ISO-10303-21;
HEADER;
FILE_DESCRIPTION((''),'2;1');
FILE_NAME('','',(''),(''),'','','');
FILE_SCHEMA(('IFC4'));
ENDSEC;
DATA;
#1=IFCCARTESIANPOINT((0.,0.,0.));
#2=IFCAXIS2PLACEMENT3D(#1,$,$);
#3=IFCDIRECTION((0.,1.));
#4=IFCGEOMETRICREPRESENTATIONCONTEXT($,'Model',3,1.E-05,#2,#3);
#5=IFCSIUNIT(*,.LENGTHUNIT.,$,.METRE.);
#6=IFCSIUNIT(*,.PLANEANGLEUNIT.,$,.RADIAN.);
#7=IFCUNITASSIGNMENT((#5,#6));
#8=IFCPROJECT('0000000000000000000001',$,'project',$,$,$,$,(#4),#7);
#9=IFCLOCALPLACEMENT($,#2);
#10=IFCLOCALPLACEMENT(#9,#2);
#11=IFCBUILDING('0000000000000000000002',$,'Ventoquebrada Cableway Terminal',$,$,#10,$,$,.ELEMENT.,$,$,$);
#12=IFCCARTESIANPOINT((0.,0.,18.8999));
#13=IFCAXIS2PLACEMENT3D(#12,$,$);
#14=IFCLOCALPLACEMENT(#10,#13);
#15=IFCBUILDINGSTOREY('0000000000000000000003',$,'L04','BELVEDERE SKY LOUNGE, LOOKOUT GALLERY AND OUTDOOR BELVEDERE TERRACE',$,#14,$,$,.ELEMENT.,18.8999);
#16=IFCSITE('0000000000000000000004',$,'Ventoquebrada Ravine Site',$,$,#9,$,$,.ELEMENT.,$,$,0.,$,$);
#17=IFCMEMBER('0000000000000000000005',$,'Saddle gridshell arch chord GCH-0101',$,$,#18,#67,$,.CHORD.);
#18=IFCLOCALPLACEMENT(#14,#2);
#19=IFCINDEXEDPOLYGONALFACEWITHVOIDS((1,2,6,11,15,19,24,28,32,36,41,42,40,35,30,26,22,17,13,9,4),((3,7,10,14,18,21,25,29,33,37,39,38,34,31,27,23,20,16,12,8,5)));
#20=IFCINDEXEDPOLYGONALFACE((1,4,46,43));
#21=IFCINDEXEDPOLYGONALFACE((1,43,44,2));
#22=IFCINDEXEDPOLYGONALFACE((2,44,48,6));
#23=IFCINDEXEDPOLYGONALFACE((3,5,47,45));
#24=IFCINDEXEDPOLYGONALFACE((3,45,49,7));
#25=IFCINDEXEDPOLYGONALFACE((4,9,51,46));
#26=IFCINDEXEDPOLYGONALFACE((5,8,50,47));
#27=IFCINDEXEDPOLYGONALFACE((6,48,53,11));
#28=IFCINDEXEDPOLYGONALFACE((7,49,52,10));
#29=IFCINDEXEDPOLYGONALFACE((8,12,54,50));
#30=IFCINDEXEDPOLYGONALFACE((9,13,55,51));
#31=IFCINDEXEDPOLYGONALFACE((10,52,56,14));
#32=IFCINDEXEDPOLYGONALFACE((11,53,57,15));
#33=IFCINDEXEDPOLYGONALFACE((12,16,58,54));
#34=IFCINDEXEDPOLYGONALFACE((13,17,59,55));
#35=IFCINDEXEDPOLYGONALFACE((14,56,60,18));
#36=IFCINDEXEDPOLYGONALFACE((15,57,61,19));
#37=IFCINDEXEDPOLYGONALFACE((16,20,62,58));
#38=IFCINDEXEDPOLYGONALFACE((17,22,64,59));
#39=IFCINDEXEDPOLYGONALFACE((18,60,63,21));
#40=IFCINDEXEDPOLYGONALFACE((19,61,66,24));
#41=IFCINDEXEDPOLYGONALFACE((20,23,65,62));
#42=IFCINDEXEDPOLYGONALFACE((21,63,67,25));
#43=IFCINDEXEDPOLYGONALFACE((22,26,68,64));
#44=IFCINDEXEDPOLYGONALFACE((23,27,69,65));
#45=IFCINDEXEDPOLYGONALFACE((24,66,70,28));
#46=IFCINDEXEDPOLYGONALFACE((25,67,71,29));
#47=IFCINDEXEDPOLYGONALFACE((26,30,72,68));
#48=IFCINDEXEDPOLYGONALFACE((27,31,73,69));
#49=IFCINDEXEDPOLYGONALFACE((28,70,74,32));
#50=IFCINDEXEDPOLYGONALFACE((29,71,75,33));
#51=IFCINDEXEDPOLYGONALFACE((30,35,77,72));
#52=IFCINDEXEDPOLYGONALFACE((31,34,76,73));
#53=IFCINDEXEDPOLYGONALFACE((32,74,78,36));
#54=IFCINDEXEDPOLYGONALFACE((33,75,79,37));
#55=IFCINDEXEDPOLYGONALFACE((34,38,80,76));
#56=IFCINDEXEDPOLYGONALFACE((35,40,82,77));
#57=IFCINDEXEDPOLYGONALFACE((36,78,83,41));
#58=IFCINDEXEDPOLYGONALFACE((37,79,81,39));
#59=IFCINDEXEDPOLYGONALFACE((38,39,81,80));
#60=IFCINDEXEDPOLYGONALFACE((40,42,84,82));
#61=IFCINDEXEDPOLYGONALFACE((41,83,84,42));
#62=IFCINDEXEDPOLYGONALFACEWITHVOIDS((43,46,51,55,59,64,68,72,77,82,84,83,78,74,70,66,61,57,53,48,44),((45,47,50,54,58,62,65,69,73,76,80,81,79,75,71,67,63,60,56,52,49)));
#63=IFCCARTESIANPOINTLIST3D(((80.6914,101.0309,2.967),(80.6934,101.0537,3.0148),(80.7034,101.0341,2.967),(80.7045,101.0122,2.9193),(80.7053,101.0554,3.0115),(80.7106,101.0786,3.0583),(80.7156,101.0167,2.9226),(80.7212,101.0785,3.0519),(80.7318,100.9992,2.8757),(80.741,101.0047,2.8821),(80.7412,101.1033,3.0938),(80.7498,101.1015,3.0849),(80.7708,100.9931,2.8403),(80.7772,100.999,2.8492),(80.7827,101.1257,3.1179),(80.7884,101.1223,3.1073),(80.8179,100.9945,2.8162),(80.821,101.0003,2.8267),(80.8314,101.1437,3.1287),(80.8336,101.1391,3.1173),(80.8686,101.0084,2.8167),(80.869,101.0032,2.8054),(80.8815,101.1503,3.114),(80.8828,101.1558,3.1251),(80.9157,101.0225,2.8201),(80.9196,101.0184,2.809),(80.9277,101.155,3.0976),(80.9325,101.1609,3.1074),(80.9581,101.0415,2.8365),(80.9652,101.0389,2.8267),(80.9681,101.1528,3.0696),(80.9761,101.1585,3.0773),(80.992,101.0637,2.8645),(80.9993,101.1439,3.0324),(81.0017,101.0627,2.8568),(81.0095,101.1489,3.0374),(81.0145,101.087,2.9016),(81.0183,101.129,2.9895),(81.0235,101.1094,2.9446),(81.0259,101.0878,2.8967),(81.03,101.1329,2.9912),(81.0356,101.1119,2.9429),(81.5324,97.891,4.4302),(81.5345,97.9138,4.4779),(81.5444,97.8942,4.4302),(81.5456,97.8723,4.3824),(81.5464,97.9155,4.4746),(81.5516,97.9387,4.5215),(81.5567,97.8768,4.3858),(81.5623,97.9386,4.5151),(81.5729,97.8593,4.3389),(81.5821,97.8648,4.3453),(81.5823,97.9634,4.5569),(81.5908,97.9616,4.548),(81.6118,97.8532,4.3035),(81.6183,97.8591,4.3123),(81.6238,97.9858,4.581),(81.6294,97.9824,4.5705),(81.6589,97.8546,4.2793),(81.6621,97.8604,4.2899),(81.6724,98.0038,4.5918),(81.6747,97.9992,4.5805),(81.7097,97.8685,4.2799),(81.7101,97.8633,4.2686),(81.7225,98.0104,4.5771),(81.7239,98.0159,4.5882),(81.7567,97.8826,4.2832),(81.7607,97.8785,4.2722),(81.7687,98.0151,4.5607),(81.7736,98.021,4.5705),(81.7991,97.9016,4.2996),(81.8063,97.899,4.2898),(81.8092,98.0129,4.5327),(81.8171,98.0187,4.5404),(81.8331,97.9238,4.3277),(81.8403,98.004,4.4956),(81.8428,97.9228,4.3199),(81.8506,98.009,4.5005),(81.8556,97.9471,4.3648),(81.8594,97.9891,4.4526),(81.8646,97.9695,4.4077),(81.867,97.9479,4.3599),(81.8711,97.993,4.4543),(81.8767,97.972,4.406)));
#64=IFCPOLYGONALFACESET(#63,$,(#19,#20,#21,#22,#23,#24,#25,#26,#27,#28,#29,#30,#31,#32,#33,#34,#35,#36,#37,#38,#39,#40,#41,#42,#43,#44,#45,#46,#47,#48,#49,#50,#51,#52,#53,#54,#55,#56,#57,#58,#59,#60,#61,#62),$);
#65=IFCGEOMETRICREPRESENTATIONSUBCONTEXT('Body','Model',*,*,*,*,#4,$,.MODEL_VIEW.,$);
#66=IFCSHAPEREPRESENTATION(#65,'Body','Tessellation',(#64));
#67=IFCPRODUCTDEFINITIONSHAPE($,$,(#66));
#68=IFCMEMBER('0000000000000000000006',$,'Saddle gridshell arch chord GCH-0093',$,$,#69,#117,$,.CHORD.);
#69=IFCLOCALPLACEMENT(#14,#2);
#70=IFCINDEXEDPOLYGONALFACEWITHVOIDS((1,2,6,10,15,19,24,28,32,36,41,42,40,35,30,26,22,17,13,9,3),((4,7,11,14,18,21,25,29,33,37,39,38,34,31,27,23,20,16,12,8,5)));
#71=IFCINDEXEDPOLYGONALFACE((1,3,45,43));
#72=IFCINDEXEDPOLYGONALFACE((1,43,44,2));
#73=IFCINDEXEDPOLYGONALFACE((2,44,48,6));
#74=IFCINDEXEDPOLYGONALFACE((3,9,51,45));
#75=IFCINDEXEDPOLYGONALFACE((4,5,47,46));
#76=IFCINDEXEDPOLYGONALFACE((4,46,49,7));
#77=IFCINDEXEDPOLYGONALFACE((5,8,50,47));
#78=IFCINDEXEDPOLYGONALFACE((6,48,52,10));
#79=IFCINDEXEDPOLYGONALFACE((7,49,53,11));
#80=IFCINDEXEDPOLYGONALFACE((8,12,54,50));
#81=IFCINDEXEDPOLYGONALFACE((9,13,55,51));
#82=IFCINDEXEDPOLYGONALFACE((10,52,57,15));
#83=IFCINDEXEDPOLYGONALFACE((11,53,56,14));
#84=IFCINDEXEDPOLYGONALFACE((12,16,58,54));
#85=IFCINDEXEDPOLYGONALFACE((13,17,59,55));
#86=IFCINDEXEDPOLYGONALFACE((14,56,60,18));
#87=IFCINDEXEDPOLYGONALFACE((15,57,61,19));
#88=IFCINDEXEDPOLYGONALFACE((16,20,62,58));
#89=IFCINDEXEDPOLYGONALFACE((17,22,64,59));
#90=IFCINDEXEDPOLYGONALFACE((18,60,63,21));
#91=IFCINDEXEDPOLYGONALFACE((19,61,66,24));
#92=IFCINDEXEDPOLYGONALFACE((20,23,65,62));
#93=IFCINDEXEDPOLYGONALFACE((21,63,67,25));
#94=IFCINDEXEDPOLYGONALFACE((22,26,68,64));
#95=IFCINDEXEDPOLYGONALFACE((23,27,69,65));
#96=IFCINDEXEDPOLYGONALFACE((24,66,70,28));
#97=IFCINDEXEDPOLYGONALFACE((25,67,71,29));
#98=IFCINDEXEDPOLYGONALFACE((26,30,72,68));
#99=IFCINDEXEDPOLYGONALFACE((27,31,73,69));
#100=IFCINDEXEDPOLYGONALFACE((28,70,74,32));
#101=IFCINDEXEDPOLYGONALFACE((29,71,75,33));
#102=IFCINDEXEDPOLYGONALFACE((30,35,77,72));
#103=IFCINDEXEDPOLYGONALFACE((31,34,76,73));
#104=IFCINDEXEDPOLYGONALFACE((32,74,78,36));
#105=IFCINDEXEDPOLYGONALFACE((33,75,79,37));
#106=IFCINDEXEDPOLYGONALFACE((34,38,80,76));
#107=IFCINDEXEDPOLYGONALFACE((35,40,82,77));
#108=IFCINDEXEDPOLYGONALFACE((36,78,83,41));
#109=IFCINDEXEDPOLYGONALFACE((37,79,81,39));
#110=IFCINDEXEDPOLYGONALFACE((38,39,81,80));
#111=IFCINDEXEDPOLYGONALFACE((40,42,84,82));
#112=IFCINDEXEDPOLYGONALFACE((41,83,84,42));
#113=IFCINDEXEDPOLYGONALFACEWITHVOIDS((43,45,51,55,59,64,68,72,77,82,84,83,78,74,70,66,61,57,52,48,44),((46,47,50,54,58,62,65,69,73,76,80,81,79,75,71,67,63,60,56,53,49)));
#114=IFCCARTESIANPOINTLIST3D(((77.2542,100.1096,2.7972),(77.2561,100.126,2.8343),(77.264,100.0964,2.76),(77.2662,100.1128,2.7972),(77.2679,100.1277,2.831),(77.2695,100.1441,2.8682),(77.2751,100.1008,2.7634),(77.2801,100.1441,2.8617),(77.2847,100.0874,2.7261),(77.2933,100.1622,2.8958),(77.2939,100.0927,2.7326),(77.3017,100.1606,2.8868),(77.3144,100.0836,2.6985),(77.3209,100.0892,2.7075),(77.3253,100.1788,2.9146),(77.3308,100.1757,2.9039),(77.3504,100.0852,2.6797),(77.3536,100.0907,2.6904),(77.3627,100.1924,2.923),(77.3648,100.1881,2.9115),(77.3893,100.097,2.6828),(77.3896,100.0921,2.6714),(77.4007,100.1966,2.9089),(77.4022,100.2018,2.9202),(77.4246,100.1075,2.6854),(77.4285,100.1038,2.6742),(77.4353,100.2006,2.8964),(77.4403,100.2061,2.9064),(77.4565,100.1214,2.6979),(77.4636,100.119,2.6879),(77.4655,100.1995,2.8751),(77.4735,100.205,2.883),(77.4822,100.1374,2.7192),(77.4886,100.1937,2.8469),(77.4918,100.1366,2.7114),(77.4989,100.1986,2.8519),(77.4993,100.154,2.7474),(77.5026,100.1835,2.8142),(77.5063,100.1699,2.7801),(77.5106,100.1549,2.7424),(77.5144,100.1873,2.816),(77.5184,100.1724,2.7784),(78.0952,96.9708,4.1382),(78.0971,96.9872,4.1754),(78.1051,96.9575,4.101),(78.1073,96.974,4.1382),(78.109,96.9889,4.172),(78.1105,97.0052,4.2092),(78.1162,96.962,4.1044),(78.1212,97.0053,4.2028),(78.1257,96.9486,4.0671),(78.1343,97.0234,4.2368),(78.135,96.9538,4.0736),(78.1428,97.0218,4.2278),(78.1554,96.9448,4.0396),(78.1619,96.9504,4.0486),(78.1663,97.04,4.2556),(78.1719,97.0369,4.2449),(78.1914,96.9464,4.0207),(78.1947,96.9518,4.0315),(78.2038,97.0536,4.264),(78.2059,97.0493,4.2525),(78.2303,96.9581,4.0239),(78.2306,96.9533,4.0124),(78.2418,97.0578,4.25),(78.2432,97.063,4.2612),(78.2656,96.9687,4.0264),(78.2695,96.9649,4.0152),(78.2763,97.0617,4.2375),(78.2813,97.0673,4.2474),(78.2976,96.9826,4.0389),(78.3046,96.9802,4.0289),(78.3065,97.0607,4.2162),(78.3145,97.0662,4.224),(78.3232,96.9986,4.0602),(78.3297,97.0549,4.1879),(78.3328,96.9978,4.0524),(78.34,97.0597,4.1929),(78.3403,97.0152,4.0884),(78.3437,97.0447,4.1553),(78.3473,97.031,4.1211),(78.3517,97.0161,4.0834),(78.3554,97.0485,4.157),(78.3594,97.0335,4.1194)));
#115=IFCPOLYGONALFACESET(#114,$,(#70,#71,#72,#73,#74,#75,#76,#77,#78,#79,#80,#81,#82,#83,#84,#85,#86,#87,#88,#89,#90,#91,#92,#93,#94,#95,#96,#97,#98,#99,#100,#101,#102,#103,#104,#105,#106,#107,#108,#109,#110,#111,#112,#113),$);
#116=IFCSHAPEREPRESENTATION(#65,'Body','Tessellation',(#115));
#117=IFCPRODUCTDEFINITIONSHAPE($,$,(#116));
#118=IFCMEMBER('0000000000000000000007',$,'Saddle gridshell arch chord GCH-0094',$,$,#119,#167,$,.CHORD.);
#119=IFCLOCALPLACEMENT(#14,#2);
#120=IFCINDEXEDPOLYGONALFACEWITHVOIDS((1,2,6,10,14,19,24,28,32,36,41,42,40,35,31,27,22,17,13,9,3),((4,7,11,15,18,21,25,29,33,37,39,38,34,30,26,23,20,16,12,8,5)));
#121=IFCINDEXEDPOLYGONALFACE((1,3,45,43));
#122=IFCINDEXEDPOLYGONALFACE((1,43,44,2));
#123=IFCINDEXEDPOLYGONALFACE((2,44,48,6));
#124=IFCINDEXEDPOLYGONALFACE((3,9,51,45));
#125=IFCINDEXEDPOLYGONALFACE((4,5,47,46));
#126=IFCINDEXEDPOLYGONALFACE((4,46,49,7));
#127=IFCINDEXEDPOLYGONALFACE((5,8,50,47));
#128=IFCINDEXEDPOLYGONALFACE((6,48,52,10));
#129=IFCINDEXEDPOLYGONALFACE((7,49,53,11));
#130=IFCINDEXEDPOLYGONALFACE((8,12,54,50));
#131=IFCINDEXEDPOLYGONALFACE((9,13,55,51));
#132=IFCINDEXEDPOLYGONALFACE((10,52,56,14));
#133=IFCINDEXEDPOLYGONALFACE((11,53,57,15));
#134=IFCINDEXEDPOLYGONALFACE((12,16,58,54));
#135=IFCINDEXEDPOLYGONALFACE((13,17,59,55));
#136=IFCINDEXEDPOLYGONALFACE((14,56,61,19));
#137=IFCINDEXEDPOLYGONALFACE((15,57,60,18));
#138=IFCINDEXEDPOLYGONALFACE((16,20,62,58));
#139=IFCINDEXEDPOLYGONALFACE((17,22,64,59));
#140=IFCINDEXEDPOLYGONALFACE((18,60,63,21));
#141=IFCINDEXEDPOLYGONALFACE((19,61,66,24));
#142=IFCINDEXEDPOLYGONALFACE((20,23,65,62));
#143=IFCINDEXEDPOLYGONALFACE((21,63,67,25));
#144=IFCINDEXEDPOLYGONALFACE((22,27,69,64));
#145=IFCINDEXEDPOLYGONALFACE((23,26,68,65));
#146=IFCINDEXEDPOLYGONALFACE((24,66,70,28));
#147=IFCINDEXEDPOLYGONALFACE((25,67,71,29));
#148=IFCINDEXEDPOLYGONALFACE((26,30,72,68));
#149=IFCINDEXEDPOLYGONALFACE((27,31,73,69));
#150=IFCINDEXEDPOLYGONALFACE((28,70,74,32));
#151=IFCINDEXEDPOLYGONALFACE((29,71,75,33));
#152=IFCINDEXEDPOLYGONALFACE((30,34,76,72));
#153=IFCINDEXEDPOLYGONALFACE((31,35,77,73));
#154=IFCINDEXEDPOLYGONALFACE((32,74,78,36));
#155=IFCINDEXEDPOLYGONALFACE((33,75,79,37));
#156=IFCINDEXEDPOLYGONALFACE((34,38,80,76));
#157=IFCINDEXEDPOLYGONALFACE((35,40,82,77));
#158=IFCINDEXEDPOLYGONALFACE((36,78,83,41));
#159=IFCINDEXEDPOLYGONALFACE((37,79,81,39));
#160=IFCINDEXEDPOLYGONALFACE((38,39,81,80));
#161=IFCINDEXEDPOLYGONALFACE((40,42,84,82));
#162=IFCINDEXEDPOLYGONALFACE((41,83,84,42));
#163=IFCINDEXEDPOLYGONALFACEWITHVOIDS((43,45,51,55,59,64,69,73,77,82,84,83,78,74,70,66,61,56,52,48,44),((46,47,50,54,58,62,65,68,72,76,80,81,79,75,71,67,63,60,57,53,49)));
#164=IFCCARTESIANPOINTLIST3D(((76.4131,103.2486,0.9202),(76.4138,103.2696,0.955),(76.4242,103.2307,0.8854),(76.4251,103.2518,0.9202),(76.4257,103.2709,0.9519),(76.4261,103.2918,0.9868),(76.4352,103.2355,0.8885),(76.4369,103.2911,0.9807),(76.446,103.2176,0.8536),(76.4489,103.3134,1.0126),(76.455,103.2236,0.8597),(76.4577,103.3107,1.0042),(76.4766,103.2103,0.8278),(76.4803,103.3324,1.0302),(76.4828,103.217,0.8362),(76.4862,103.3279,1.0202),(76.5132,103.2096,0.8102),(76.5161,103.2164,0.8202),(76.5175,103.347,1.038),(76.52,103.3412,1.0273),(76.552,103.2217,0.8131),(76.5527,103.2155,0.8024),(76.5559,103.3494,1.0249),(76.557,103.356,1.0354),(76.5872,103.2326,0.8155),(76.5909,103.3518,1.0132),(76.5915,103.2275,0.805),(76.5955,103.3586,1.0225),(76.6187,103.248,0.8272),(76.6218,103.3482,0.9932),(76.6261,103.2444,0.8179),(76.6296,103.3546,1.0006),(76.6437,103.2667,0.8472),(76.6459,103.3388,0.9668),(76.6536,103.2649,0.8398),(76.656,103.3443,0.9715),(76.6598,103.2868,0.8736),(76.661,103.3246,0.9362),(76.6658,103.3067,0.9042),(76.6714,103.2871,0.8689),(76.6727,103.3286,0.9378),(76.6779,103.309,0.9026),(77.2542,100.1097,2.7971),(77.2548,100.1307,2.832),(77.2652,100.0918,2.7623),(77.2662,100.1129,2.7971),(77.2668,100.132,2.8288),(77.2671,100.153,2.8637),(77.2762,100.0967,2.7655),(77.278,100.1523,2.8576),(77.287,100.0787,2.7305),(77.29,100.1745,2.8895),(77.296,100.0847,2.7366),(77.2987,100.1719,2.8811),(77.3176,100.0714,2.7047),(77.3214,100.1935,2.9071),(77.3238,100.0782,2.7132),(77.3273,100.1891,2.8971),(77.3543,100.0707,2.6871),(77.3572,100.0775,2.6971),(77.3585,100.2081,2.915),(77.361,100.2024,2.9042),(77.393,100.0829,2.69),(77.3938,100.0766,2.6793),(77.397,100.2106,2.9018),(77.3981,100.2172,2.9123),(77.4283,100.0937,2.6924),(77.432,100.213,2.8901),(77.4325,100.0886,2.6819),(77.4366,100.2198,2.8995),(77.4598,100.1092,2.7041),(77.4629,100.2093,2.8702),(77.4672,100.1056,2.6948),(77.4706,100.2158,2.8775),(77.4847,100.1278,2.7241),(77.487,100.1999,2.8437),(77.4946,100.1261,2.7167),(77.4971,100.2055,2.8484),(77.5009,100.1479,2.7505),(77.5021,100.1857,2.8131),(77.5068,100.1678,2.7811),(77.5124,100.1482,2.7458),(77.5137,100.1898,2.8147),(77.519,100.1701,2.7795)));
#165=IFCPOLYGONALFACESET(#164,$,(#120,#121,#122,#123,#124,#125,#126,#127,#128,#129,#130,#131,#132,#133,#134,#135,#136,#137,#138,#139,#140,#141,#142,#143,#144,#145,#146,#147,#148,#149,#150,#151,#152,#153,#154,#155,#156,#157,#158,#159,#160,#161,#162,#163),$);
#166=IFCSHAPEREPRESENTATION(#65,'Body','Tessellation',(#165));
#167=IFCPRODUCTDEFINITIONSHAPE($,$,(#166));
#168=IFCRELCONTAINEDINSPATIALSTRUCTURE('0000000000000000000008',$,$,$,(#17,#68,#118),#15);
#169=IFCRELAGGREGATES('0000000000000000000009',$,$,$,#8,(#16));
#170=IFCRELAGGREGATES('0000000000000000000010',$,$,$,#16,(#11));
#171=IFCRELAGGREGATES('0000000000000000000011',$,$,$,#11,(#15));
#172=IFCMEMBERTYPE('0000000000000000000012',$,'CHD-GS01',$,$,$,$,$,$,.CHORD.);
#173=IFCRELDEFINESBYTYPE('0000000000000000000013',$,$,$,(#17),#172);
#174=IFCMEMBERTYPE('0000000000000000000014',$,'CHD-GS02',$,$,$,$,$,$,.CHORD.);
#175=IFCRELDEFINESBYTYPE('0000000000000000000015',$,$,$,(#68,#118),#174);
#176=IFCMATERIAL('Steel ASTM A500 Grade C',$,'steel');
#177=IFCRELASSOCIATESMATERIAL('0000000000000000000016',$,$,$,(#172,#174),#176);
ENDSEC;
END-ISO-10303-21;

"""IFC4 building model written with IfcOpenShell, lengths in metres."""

from ifc_helpers import new_model, si_unit, direction, frame, origin, origin_2d, place, context, subcontext, project, spatial, hollow_circle, extrude, material, material_profile, profile_set, type_object, element, save


model = new_model("IFC4")

# Units and contexts
model_context = context("Model", 3, precision=1e-05, world=origin(), true_north=direction((0.0, 1.0)))
body_context = subcontext(model_context, "Body", "Model", "MODEL_VIEW")
ifc_project = project(units=[si_unit("LENGTHUNIT", "METRE"), si_unit("PLANEANGLEUNIT", "RADIAN")], contexts=[model_context])

# Site, building, storey
site_placement = place(None, origin())
site = spatial("IfcSite", under=ifc_project, at=site_placement, Name="Ventoquebrada Ravine Site", CompositionType="ELEMENT", RefElevation=0.0)
building_placement = place(site_placement, origin())
building = spatial("IfcBuilding", under=site, at=building_placement, Name="Ventoquebrada Cableway Terminal", CompositionType="ELEMENT")
storey_placement = place(building_placement, frame((0.0, 0.0, 18.8999)))
storey = spatial("IfcBuildingStorey", under=building, at=storey_placement, Name="L04", Description="BELVEDERE SKY LOUNGE, LOOKOUT GALLERY AND OUTDOOR BELVEDERE TERRACE", CompositionType="ELEMENT", Elevation=18.8999)

# Members
ifc_material_1 = material(Name="Steel ASTM A500 Grade C", Category="steel")
ifc_material_profile_1 = material_profile(ifc_material_1, hollow_circle(Radius=0.1777, WallThickness=0.0125, at=origin_2d()), Name="CHS355.6X12.5")
ifc_profile_set_1 = profile_set([ifc_material_profile_1], Name="Steel ASTM A500 Grade C")
member_type_1 = type_object("IfcMemberType", Name="CHD-GS01", PredefinedType="CHORD", material=ifc_profile_set_1)
member_1_placement = place(storey_placement, frame((81.7041, 97.937, 4.4302), z_axis=(-0.235943, 0.88083, -0.410451), x_axis=(-0.965946, -0.258742, 0.0)))
element("IfcMember", 1, at=member_1_placement, inside=storey, type_object=member_type_1, Name="Saddle gridshell arch chord GCH-0101", PredefinedType="CHORD", context=body_context, shape_type="SweptSolid", body=[
    extrude(hollow_circle(Radius=0.1777, WallThickness=0.0125, at=origin_2d()), origin(), (0.0, 0.0, 1.0), 3.5647),
])
ifc_material_profile_2 = material_profile(ifc_material_1, hollow_circle(Radius=0.1365, WallThickness=0.0125, at=origin_2d()), Name="CHS273.0X12.5")
ifc_profile_set_2 = profile_set([ifc_material_profile_2], Name="Steel ASTM A500 Grade C")
member_type_2 = type_object("IfcMemberType", Name="CHD-GS02", PredefinedType="CHORD", material=ifc_profile_set_2)
member_2_placement = place(storey_placement, frame((78.2271, 97.0061, 4.1382), z_axis=(-0.239246, 0.892883, -0.381473), x_axis=(-0.965926, -0.258817, 0.0)))
element("IfcMember", 2, at=member_2_placement, inside=storey, type_object=member_type_2, Name="Saddle gridshell arch chord GCH-0093", PredefinedType="CHORD", context=body_context, shape_type="SweptSolid", body=[
    extrude(hollow_circle(Radius=0.1365, WallThickness=0.0125, at=origin_2d()), origin(), (0.0, 0.0, 1.0), 3.5154),
])
member_3_placement = place(storey_placement, frame((77.386, 100.145, 2.7971), z_axis=(-0.224119, 0.836431, -0.500154), x_axis=(-0.965926, -0.258817, 0.0)))
element("IfcMember", 3, at=member_3_placement, inside=storey, type_object=member_type_2, Name="Saddle gridshell arch chord GCH-0094", PredefinedType="CHORD", context=body_context, shape_type="SweptSolid", body=[
    extrude(hollow_circle(Radius=0.1365, WallThickness=0.0125, at=origin_2d()), origin(), (0.0, 0.0, 1.0), 3.7527),
])

save(model, "model.ifc")
